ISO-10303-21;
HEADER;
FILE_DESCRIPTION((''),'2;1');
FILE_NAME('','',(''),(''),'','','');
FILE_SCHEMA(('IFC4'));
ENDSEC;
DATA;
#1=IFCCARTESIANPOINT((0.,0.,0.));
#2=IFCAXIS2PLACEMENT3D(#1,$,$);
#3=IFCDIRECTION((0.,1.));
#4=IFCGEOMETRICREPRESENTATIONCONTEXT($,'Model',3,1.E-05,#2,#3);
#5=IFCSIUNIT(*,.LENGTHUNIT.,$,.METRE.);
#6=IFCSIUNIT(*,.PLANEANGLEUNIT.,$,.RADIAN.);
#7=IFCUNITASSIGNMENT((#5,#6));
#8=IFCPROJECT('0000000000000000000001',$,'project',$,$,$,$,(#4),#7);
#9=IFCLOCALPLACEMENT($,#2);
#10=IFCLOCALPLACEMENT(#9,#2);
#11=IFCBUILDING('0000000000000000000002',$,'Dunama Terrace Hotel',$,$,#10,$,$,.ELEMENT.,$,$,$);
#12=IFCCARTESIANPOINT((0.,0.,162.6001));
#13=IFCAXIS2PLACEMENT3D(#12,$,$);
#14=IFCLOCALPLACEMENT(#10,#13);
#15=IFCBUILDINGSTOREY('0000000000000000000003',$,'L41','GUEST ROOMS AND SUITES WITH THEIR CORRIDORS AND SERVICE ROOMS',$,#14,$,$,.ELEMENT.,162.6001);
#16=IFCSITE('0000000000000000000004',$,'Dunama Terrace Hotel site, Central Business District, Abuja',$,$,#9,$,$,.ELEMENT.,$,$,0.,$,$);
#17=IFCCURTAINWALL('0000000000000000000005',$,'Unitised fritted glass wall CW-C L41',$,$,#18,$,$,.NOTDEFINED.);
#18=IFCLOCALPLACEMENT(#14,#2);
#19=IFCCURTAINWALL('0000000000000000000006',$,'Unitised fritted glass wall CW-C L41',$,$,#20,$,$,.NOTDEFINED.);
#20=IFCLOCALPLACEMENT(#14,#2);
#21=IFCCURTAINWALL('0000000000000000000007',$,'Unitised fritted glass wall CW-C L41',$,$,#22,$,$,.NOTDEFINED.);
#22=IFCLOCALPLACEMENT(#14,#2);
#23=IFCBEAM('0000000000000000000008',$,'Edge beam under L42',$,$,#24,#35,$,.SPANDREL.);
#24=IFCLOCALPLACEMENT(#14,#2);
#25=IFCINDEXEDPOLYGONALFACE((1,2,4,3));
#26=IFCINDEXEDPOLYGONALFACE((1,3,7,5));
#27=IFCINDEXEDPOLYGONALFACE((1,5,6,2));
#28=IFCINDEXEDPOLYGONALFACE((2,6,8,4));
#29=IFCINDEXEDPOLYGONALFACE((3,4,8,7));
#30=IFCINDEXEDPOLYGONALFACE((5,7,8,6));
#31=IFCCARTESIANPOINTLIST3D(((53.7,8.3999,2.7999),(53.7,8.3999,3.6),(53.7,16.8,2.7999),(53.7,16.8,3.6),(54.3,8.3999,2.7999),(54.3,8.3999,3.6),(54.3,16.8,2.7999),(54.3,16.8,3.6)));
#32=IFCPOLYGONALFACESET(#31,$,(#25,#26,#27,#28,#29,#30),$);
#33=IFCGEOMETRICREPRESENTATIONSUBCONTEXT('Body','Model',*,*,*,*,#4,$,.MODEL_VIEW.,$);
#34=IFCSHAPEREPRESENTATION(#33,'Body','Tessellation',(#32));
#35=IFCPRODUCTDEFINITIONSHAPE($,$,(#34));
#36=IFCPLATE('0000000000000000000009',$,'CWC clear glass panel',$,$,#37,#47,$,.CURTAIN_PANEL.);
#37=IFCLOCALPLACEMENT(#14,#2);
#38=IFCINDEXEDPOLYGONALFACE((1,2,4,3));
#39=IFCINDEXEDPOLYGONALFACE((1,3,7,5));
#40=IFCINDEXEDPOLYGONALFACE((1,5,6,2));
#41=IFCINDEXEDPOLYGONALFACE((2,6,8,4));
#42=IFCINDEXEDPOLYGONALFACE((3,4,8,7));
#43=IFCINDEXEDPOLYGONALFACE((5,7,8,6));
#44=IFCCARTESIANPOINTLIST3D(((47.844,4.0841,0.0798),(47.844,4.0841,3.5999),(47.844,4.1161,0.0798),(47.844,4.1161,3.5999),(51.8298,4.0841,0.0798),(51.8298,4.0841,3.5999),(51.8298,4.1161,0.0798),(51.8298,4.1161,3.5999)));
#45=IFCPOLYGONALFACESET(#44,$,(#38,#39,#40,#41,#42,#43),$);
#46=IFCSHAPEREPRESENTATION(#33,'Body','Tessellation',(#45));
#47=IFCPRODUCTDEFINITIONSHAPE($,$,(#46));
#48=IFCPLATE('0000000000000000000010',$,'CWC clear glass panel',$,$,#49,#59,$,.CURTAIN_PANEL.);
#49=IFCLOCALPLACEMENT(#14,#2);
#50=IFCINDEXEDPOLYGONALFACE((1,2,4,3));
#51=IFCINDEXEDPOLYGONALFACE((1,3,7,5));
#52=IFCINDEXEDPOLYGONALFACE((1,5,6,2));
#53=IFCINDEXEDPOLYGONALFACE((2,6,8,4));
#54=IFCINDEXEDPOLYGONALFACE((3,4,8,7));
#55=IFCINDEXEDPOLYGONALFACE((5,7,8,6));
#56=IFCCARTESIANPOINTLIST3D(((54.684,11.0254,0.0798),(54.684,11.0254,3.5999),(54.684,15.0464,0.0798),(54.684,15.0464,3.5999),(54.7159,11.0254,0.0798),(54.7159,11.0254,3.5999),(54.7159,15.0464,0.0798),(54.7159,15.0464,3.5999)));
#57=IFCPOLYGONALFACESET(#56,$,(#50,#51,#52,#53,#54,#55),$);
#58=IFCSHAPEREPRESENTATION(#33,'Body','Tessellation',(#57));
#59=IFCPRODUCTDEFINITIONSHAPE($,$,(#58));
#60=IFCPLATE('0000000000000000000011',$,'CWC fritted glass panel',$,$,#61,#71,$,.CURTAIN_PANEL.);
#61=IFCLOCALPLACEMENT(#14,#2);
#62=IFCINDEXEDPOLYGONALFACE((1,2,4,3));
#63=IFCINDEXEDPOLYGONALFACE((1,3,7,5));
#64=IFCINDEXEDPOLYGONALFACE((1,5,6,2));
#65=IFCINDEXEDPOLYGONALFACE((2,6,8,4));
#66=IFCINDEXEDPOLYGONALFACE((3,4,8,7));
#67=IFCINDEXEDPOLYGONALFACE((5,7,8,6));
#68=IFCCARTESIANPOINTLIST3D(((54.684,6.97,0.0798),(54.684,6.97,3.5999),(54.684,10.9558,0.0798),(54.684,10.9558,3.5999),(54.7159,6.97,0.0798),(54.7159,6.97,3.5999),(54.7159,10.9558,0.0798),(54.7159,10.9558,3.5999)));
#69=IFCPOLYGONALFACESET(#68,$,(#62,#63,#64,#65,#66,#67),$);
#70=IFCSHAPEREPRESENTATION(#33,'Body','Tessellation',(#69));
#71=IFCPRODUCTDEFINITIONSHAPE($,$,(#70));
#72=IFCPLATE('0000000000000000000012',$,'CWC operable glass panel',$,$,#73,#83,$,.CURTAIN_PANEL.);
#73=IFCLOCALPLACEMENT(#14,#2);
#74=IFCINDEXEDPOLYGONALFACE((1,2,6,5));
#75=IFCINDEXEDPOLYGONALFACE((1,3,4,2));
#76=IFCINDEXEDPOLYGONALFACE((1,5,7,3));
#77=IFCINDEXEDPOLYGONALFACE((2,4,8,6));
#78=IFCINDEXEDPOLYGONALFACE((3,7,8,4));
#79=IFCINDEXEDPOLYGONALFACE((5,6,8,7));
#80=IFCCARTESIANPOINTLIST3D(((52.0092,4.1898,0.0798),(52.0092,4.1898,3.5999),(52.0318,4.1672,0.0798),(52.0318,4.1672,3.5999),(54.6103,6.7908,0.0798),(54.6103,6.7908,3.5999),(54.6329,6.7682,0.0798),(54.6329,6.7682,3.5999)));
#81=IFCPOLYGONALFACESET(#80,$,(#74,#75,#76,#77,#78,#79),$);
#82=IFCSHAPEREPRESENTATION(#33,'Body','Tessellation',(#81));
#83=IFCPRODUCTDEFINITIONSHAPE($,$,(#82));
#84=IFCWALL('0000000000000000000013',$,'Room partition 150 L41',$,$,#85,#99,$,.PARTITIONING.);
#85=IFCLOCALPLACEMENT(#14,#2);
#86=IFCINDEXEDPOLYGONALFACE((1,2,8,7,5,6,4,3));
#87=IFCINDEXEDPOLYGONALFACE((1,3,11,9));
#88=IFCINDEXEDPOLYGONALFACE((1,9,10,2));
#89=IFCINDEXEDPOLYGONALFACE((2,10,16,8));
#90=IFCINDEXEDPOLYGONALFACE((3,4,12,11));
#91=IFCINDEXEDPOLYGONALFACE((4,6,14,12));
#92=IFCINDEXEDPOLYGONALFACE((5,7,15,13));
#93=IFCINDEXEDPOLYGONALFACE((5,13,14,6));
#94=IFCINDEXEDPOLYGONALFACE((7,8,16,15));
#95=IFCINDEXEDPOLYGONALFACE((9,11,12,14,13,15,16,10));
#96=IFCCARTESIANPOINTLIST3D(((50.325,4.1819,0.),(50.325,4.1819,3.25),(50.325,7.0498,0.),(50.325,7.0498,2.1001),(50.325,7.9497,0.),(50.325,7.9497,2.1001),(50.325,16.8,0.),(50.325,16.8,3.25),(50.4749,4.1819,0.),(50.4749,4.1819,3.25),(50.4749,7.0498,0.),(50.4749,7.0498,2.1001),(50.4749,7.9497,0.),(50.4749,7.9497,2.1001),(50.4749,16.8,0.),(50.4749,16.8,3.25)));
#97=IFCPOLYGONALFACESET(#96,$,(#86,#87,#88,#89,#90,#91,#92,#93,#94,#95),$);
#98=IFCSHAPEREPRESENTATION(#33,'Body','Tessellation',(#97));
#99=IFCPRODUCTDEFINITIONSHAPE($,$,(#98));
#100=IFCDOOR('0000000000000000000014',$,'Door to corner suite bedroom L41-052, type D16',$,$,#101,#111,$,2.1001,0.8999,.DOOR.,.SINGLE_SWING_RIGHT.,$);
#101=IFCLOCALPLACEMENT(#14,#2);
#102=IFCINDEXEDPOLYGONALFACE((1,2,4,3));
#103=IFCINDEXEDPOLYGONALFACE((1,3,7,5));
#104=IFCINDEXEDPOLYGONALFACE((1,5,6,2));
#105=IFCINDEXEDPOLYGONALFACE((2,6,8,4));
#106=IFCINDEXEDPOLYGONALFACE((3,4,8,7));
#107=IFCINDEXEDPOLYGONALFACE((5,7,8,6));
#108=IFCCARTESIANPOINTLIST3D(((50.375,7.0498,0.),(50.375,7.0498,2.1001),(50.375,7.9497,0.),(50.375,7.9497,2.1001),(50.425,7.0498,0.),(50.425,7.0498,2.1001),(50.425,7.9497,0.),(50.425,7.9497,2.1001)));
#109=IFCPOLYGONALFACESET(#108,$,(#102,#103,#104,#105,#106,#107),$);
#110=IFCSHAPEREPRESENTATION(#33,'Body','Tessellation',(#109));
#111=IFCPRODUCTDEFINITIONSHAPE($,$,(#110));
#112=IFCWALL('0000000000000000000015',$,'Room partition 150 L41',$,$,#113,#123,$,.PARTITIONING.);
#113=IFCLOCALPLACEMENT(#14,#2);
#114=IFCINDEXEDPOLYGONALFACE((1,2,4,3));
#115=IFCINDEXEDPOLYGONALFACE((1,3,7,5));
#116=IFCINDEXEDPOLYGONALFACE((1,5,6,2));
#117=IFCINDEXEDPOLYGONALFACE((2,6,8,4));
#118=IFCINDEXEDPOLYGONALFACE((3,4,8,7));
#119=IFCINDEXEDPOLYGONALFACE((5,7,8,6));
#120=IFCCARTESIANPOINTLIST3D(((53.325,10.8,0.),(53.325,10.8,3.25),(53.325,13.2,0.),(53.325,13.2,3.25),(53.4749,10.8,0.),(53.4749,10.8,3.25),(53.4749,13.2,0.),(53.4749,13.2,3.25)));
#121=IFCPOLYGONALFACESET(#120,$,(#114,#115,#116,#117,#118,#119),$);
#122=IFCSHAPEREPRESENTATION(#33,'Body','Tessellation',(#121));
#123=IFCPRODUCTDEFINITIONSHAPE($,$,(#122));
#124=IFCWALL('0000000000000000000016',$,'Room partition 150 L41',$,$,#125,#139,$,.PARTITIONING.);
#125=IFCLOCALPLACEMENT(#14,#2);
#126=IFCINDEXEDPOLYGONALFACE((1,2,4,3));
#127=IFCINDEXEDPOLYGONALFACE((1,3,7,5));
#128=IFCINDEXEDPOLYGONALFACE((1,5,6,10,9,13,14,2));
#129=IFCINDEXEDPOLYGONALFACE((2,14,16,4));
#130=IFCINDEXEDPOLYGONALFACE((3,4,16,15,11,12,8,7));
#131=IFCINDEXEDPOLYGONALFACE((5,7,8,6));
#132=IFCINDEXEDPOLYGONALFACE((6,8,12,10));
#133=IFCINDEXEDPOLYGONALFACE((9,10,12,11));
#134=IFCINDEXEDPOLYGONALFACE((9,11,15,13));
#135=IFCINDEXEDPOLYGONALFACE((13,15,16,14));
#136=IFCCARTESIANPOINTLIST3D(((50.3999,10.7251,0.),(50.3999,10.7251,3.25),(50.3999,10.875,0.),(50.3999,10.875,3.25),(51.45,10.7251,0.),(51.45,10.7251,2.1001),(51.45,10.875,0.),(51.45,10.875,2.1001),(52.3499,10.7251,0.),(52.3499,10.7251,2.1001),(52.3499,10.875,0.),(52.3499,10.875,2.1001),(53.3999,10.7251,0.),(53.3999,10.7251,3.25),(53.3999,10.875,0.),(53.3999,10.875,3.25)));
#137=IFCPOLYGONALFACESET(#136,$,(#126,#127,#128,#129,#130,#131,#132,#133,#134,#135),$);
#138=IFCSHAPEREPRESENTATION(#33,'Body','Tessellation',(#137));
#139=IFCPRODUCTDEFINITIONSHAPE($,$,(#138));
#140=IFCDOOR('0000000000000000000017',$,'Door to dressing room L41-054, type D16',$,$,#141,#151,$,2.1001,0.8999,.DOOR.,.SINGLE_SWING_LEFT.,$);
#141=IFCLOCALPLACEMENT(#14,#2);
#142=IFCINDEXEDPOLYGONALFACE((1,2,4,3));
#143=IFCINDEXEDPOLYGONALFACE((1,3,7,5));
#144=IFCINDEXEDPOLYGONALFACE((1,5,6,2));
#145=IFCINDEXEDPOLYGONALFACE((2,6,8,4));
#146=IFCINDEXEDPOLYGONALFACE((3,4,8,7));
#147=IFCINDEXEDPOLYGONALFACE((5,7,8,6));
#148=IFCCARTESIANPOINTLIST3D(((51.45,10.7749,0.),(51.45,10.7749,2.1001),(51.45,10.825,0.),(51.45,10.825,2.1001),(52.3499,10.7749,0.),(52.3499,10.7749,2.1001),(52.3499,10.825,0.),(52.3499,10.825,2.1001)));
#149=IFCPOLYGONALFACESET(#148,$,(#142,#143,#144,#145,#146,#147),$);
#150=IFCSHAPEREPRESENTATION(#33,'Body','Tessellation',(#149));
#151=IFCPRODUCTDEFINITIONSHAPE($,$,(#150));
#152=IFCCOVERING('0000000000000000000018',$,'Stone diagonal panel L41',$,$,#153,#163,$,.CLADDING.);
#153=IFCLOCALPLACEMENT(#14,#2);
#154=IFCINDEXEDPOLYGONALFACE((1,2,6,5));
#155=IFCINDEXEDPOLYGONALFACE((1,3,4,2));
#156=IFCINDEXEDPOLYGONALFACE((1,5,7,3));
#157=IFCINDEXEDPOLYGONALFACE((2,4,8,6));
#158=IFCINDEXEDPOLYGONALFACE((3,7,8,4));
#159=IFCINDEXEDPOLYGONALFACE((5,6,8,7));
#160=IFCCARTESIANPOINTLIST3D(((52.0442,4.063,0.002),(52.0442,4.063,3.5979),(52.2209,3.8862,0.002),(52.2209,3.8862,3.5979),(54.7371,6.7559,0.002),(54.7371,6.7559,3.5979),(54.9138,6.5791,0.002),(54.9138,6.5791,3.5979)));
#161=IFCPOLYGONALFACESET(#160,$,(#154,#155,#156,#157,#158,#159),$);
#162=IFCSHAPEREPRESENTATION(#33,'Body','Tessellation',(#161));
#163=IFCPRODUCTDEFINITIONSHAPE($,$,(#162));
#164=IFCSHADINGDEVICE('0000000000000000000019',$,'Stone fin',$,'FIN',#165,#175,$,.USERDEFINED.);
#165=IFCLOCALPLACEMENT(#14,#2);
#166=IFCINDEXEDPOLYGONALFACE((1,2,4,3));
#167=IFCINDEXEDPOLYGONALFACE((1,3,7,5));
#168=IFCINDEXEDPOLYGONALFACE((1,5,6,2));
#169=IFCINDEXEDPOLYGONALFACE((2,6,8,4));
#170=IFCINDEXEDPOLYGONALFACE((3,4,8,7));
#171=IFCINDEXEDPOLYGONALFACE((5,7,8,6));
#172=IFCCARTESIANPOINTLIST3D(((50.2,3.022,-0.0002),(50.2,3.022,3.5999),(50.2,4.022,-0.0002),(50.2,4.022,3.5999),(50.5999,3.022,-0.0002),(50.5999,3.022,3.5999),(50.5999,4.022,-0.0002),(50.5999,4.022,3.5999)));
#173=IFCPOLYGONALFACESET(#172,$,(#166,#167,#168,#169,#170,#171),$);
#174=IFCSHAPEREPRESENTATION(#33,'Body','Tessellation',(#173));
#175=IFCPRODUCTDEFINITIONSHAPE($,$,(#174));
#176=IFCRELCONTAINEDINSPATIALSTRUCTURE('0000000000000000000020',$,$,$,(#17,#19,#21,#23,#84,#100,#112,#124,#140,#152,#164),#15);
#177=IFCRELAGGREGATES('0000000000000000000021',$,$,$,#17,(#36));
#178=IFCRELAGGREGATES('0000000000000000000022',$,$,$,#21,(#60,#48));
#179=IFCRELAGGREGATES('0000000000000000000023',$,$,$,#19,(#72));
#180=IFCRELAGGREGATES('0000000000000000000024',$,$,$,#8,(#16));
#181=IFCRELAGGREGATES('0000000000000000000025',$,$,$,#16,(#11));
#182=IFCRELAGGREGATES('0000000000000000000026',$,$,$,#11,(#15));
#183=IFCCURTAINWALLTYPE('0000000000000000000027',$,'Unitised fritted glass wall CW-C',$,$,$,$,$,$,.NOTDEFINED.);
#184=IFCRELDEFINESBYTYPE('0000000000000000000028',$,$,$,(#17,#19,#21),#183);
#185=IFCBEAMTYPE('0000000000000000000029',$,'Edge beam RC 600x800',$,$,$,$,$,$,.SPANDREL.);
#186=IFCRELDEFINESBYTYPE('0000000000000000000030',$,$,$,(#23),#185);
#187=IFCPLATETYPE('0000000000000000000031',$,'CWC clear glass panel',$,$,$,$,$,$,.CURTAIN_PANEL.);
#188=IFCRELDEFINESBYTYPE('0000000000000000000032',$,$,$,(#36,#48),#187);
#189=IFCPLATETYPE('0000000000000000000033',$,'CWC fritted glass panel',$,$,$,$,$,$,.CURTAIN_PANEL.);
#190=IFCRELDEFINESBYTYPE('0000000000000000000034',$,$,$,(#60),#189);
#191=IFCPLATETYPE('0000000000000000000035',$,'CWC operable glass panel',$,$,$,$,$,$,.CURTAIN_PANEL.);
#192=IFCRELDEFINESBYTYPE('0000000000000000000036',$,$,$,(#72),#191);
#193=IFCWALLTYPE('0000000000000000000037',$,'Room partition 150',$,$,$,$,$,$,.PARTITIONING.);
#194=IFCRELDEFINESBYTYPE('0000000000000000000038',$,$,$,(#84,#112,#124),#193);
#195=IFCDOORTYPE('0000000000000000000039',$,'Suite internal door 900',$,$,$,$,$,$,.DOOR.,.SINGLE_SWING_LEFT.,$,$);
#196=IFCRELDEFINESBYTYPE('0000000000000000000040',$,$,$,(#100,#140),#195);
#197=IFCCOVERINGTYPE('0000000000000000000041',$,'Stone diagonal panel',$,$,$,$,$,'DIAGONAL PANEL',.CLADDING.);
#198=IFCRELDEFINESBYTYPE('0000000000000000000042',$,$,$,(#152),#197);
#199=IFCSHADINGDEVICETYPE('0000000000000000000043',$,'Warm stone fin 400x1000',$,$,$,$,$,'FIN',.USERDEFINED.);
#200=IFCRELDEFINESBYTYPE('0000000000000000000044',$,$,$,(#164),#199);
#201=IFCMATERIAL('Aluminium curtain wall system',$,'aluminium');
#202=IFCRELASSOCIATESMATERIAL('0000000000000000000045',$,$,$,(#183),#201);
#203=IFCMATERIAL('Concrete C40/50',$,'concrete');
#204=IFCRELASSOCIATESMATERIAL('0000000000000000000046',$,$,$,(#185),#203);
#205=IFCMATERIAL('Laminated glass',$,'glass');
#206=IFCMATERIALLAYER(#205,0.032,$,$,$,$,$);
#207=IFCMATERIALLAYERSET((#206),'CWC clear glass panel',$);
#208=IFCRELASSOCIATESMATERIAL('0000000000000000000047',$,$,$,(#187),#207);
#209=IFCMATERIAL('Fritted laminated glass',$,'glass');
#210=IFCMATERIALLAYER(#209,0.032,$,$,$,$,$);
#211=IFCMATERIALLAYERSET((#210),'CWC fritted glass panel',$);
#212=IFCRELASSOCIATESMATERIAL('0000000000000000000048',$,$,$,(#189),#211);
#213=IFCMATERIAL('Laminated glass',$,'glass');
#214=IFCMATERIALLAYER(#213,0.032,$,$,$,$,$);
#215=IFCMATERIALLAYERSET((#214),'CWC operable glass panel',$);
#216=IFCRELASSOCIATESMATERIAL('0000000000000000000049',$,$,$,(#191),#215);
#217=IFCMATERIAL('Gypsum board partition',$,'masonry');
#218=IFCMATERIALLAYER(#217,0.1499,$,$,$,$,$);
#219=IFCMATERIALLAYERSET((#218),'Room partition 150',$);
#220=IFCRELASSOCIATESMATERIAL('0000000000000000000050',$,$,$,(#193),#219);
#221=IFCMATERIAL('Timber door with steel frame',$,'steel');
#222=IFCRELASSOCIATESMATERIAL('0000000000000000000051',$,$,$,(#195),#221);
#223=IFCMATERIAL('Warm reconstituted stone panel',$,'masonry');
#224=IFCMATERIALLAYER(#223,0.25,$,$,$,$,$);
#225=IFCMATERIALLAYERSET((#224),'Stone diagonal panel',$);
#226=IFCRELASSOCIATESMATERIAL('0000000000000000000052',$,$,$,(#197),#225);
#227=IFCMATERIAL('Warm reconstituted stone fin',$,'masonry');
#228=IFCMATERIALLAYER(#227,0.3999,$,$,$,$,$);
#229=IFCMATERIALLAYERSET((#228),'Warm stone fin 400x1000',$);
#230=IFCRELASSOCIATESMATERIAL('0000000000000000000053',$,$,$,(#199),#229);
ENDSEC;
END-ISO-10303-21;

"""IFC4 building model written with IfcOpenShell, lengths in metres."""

from ifc_helpers import new_model, si_unit, direction, frame, frame_2d, origin, origin_2d, place, context, subcontext, project, spatial, rectangle, extrude, material, layer, layer_set, material_profile, profile_set, type_object, element, fill, aggregate, save


model = new_model("IFC4")

# Units and contexts
model_context = context("Model", 3, precision=1e-05, world=origin(), true_north=direction((0.0, 1.0)))
body_context = subcontext(model_context, "Body", "Model", "MODEL_VIEW")
ifc_project = project(units=[si_unit("LENGTHUNIT", "METRE"), si_unit("PLANEANGLEUNIT", "RADIAN")], contexts=[model_context])

# Site, building, storey
site_placement = place(None, origin())
site = spatial("IfcSite", under=ifc_project, at=site_placement, Name="Dunama Terrace Hotel site, Central Business District, Abuja", CompositionType="ELEMENT", RefElevation=0.0)
building_placement = place(site_placement, origin())
building = spatial("IfcBuilding", under=site, at=building_placement, Name="Dunama Terrace Hotel", CompositionType="ELEMENT")
storey_placement = place(building_placement, frame((0.0, 0.0, 162.6001)))
storey = spatial("IfcBuildingStorey", under=building, at=storey_placement, Name="L41", Description="GUEST ROOMS AND SUITES WITH THEIR CORRIDORS AND SERVICE ROOMS", CompositionType="ELEMENT", Elevation=162.6001)

# Curtain walls
ifc_material_1 = material(Name="Aluminium curtain wall system", Category="aluminium")
curtain_wall_type = type_object("IfcCurtainWallType", Name="Unitised fritted glass wall CW-C", PredefinedType="NOTDEFINED", material=ifc_material_1)
curtain_wall_1_placement = place(storey_placement, origin())
curtain_wall_1 = element("IfcCurtainWall", 1, at=curtain_wall_1_placement, inside=storey, type_object=curtain_wall_type, Name="Unitised fritted glass wall CW-C L41", PredefinedType="NOTDEFINED")
curtain_wall_2_placement = place(storey_placement, origin())
curtain_wall_2 = element("IfcCurtainWall", 2, at=curtain_wall_2_placement, inside=storey, type_object=curtain_wall_type, Name="Unitised fritted glass wall CW-C L41", PredefinedType="NOTDEFINED")
curtain_wall_3_placement = place(storey_placement, origin())
curtain_wall_3 = element("IfcCurtainWall", 3, at=curtain_wall_3_placement, inside=storey, type_object=curtain_wall_type, Name="Unitised fritted glass wall CW-C L41", PredefinedType="NOTDEFINED")

# Beam
ifc_material_2 = material(Name="Concrete C40/50", Category="concrete")
ifc_material_profile_1 = material_profile(ifc_material_2, rectangle(XDim=0.6001, YDim=0.8, at=origin_2d()), Name="RC 600x800")
ifc_profile_set_1 = profile_set([ifc_material_profile_1], Name="Concrete C40/50")
beam_type_1 = type_object("IfcBeamType", Name="Edge beam RC 600x800", PredefinedType="SPANDREL", material=ifc_profile_set_1)
beam_1_placement = place(storey_placement, frame((54.0, 8.3999, 3.2), z_axis=(0.0, 1.0, 0.0), x_axis=(-1.0, 0.0, 0.0)))
element("IfcBeam", 4, at=beam_1_placement, inside=storey, type_object=beam_type_1, Name="Edge beam under L42", PredefinedType="SPANDREL", context=body_context, shape_type="SweptSolid", body=[
    extrude(rectangle(XDim=0.6001, YDim=0.8, at=origin_2d()), origin(), (0.0, 0.0, 1.0), 8.4001),
])

# Plates
ifc_material_3 = material(Name="Laminated glass", Category="glass")
ifc_layer_1 = layer(ifc_material_3, 0.032)
ifc_layer_set_1 = layer_set([ifc_layer_1], Name="CWC clear glass panel")
plate_type_1 = type_object("IfcPlateType", Name="CWC clear glass panel", PredefinedType="CURTAIN_PANEL", material=ifc_layer_set_1)
plate_1_placement = place(storey_placement, frame((49.8369, 4.1001, 0.0798), z_axis=(0.0, 0.0, 1.0), x_axis=(1.0, 0.0, 0.0)))
plate_1 = element("IfcPlate", 5, at=plate_1_placement, type_object=plate_type_1, Name="CWC clear glass panel", PredefinedType="CURTAIN_PANEL", context=body_context, shape_type="SweptSolid", body=[
    extrude(rectangle(XDim=3.9858, YDim=0.032, at=origin_2d()), origin(), (0.0, 0.0, 1.0), 3.52),
])
aggregate(curtain_wall_1, [plate_1])
plate_2_placement = place(storey_placement, frame((54.7, 13.0359, 0.0798), z_axis=(0.0, 0.0, 1.0), x_axis=(0.0, 1.0, 0.0)))
plate_2 = element("IfcPlate", 6, at=plate_2_placement, type_object=plate_type_1, Name="CWC clear glass panel", PredefinedType="CURTAIN_PANEL", context=body_context, shape_type="SweptSolid", body=[
    extrude(rectangle(XDim=4.021, YDim=0.032, at=origin_2d()), origin(), (0.0, 0.0, 1.0), 3.52),
])
ifc_material_4 = material(Name="Fritted laminated glass", Category="glass")
ifc_layer_2 = layer(ifc_material_4, 0.032)
ifc_layer_set_2 = layer_set([ifc_layer_2], Name="CWC fritted glass panel")
plate_type_2 = type_object("IfcPlateType", Name="CWC fritted glass panel", PredefinedType="CURTAIN_PANEL", material=ifc_layer_set_2)
plate_3_placement = place(storey_placement, frame((54.7, 8.9629, 0.0798), z_axis=(0.0, 0.0, 1.0), x_axis=(0.0, 1.0, 0.0)))
plate_3 = element("IfcPlate", 7, at=plate_3_placement, type_object=plate_type_2, Name="CWC fritted glass panel", PredefinedType="CURTAIN_PANEL", context=body_context, shape_type="SweptSolid", body=[
    extrude(rectangle(XDim=3.9858, YDim=0.032, at=origin_2d()), origin(), (0.0, 0.0, 1.0), 3.52),
])
aggregate(curtain_wall_3, [plate_3, plate_2])
ifc_material_5 = material(Name="Laminated glass", Category="glass")
ifc_layer_3 = layer(ifc_material_5, 0.032)
ifc_layer_set_3 = layer_set([ifc_layer_3], Name="CWC operable glass panel")
plate_type_3 = type_object("IfcPlateType", Name="CWC operable glass panel", PredefinedType="CURTAIN_PANEL", material=ifc_layer_set_3)
plate_4_placement = place(storey_placement, frame((53.321, 5.479, 0.0798), z_axis=(0.0, 0.0, 1.0), x_axis=(0.707107, 0.707107, 0.0)))
plate_4 = element("IfcPlate", 8, at=plate_4_placement, type_object=plate_type_3, Name="CWC operable glass panel", PredefinedType="CURTAIN_PANEL", context=body_context, shape_type="SweptSolid", body=[
    extrude(rectangle(XDim=3.6785, YDim=0.032, at=origin_2d()), origin(), (0.0, 0.0, 1.0), 3.52),
])
aggregate(curtain_wall_2, [plate_4])

# Wall, opening, door
ifc_material_6 = material(Name="Gypsum board partition", Category="masonry")
ifc_layer_4 = layer(ifc_material_6, 0.1499)
ifc_layer_set_4 = layer_set([ifc_layer_4], Name="Room partition 150")
wall_type = type_object("IfcWallType", Name="Room partition 150", PredefinedType="PARTITIONING", material=ifc_layer_set_4)
wall_1_placement = place(storey_placement, frame((50.3999, 4.1819, 0.0), z_axis=(0.0, 0.0, 1.0), x_axis=(0.0, 1.0, 0.0)))
wall_1 = element("IfcWall", 9, at=wall_1_placement, inside=storey, type_object=wall_type, Name="Room partition 150 L41", PredefinedType="PARTITIONING", context=body_context, shape_type="SweptSolid", body=[
    extrude(rectangle(XDim=12.6182, YDim=0.1499, at=frame_2d((6.3091, 0.0))), origin(), (0.0, 0.0, 1.0), 3.25),
])
opening_1_placement = place(wall_1_placement, frame((2.8679, 0.0, 0.0)))
opening_1 = element("IfcOpeningElement", 10, at=opening_1_placement, cuts=wall_1, PredefinedType="OPENING", context=body_context, shape_type="SweptSolid", body=[
    extrude(rectangle(XDim=0.8999, YDim=2.1001, at=frame_2d((0.45, 1.05))), frame((0.0, 0.085, 0.0), z_axis=(0.0, -1.0, 0.0), x_axis=(1.0, 0.0, 0.0)), (0.0, 0.0, 1.0), 0.1699),
])
ifc_material_7 = material(Name="Timber door with steel frame", Category="steel")
door_type = type_object("IfcDoorType", Name="Suite internal door 900", OperationType="SINGLE_SWING_LEFT", PredefinedType="DOOR", material=ifc_material_7)
door_1_placement = place(opening_1_placement, frame((0.8999, 0.0, 0.0), z_axis=(0.0, 0.0, 1.0), x_axis=(-1.0, 0.0, 0.0)))
door_1 = element("IfcDoor", 11, at=door_1_placement, inside=storey, type_object=door_type, Name="Door to corner suite bedroom L41-052, type D16", OperationType="SINGLE_SWING_RIGHT", OverallHeight=2.1001, OverallWidth=0.8999, PredefinedType="DOOR", context=body_context, shape_type="SweptSolid", body=[
    extrude(rectangle(XDim=0.8999, YDim=2.1001, at=frame_2d((0.45, 1.05))), frame((0.0, 0.0251, 0.0), z_axis=(0.0, -1.0, 0.0), x_axis=(1.0, 0.0, 0.0)), (0.0, 0.0, 1.0), 0.05),
])
fill(opening_1, door_1)

# Wall
wall_2_placement = place(storey_placement, frame((53.3999, 10.8, 0.0), z_axis=(0.0, 0.0, 1.0), x_axis=(0.0, 1.0, 0.0)))
element("IfcWall", 12, at=wall_2_placement, inside=storey, type_object=wall_type, Name="Room partition 150 L41", PredefinedType="PARTITIONING", context=body_context, shape_type="SweptSolid", body=[
    extrude(rectangle(XDim=2.3999, YDim=0.1499, at=frame_2d((1.2, 0.0))), origin(), (0.0, 0.0, 1.0), 3.25),
])

# Wall, opening, door
wall_3_placement = place(storey_placement, frame((50.3999, 10.8, 0.0), z_axis=(0.0, 0.0, 1.0), x_axis=(1.0, 0.0, 0.0)))
wall_3 = element("IfcWall", 13, at=wall_3_placement, inside=storey, type_object=wall_type, Name="Room partition 150 L41", PredefinedType="PARTITIONING", context=body_context, shape_type="SweptSolid", body=[
    extrude(rectangle(XDim=3.0, YDim=0.1499, at=frame_2d((1.5, 0.0))), origin(), (0.0, 0.0, 1.0), 3.25),
])
opening_2_placement = place(wall_3_placement, frame((1.05, 0.0, 0.0)))
opening_2 = element("IfcOpeningElement", 14, at=opening_2_placement, cuts=wall_3, PredefinedType="OPENING", context=body_context, shape_type="SweptSolid", body=[
    extrude(rectangle(XDim=0.8999, YDim=2.1001, at=frame_2d((0.45, 1.05))), frame((0.0, 0.085, 0.0), z_axis=(0.0, -1.0, 0.0), x_axis=(1.0, 0.0, 0.0)), (0.0, 0.0, 1.0), 0.1699),
])
door_2_placement = place(opening_2_placement, origin())
door_2 = element("IfcDoor", 15, at=door_2_placement, inside=storey, type_object=door_type, Name="Door to dressing room L41-054, type D16", OperationType="SINGLE_SWING_LEFT", OverallHeight=2.1001, OverallWidth=0.8999, PredefinedType="DOOR", context=body_context, shape_type="SweptSolid", body=[
    extrude(rectangle(XDim=0.8999, YDim=2.1001, at=frame_2d((0.45, 1.05))), frame((0.0, 0.0249, 0.0), z_axis=(0.0, -1.0, 0.0), x_axis=(1.0, 0.0, 0.0)), (0.0, 0.0, 1.0), 0.05),
])
fill(opening_2, door_2)

# Covering
ifc_material_8 = material(Name="Warm reconstituted stone panel", Category="masonry")
ifc_layer_5 = layer(ifc_material_8, 0.25)
ifc_layer_set_5 = layer_set([ifc_layer_5], Name="Stone diagonal panel")
covering_type = type_object("IfcCoveringType", Name="Stone diagonal panel", ElementType="DIAGONAL PANEL", PredefinedType="CLADDING", material=ifc_layer_set_5)
covering_placement = place(storey_placement, frame((53.479, 5.321, 0.002), z_axis=(0.0, 0.0, 1.0), x_axis=(0.707107, 0.707107, 0.0)))
element("IfcCovering", 16, at=covering_placement, inside=storey, type_object=covering_type, Name="Stone diagonal panel L41", PredefinedType="CLADDING", context=body_context, shape_type="SweptSolid", body=[
    extrude(rectangle(XDim=3.8083, YDim=0.25, at=origin_2d()), origin(), (0.0, 0.0, 1.0), 3.5959),
])

# Shading device
ifc_material_9 = material(Name="Warm reconstituted stone fin", Category="masonry")
ifc_layer_6 = layer(ifc_material_9, 0.3999)
ifc_layer_set_6 = layer_set([ifc_layer_6], Name="Warm stone fin 400x1000")
shading_device_type = type_object("IfcShadingDeviceType", Name="Warm stone fin 400x1000", ElementType="FIN", PredefinedType="USERDEFINED", material=ifc_layer_set_6)
for number, where, z_axis, x_axis, name in (
    (17, (50.3999, 3.522, -0.0002), (0.0, 0.0, 1.0), (1.0, 0.0, 0.0), "Stone fin"),
):
    element("IfcShadingDevice", number, at=place(storey_placement, frame(where, z_axis=z_axis, x_axis=x_axis)), inside=storey, type_object=shading_device_type, Name=name, ObjectType="FIN", PredefinedType="USERDEFINED", context=body_context, shape_type="SweptSolid", body=[
        extrude(rectangle(XDim=0.3999, YDim=1.0, at=origin_2d()), origin(), (0.0, 0.0, 1.0), 3.6001),
    ])

save(model, "model.ifc")
